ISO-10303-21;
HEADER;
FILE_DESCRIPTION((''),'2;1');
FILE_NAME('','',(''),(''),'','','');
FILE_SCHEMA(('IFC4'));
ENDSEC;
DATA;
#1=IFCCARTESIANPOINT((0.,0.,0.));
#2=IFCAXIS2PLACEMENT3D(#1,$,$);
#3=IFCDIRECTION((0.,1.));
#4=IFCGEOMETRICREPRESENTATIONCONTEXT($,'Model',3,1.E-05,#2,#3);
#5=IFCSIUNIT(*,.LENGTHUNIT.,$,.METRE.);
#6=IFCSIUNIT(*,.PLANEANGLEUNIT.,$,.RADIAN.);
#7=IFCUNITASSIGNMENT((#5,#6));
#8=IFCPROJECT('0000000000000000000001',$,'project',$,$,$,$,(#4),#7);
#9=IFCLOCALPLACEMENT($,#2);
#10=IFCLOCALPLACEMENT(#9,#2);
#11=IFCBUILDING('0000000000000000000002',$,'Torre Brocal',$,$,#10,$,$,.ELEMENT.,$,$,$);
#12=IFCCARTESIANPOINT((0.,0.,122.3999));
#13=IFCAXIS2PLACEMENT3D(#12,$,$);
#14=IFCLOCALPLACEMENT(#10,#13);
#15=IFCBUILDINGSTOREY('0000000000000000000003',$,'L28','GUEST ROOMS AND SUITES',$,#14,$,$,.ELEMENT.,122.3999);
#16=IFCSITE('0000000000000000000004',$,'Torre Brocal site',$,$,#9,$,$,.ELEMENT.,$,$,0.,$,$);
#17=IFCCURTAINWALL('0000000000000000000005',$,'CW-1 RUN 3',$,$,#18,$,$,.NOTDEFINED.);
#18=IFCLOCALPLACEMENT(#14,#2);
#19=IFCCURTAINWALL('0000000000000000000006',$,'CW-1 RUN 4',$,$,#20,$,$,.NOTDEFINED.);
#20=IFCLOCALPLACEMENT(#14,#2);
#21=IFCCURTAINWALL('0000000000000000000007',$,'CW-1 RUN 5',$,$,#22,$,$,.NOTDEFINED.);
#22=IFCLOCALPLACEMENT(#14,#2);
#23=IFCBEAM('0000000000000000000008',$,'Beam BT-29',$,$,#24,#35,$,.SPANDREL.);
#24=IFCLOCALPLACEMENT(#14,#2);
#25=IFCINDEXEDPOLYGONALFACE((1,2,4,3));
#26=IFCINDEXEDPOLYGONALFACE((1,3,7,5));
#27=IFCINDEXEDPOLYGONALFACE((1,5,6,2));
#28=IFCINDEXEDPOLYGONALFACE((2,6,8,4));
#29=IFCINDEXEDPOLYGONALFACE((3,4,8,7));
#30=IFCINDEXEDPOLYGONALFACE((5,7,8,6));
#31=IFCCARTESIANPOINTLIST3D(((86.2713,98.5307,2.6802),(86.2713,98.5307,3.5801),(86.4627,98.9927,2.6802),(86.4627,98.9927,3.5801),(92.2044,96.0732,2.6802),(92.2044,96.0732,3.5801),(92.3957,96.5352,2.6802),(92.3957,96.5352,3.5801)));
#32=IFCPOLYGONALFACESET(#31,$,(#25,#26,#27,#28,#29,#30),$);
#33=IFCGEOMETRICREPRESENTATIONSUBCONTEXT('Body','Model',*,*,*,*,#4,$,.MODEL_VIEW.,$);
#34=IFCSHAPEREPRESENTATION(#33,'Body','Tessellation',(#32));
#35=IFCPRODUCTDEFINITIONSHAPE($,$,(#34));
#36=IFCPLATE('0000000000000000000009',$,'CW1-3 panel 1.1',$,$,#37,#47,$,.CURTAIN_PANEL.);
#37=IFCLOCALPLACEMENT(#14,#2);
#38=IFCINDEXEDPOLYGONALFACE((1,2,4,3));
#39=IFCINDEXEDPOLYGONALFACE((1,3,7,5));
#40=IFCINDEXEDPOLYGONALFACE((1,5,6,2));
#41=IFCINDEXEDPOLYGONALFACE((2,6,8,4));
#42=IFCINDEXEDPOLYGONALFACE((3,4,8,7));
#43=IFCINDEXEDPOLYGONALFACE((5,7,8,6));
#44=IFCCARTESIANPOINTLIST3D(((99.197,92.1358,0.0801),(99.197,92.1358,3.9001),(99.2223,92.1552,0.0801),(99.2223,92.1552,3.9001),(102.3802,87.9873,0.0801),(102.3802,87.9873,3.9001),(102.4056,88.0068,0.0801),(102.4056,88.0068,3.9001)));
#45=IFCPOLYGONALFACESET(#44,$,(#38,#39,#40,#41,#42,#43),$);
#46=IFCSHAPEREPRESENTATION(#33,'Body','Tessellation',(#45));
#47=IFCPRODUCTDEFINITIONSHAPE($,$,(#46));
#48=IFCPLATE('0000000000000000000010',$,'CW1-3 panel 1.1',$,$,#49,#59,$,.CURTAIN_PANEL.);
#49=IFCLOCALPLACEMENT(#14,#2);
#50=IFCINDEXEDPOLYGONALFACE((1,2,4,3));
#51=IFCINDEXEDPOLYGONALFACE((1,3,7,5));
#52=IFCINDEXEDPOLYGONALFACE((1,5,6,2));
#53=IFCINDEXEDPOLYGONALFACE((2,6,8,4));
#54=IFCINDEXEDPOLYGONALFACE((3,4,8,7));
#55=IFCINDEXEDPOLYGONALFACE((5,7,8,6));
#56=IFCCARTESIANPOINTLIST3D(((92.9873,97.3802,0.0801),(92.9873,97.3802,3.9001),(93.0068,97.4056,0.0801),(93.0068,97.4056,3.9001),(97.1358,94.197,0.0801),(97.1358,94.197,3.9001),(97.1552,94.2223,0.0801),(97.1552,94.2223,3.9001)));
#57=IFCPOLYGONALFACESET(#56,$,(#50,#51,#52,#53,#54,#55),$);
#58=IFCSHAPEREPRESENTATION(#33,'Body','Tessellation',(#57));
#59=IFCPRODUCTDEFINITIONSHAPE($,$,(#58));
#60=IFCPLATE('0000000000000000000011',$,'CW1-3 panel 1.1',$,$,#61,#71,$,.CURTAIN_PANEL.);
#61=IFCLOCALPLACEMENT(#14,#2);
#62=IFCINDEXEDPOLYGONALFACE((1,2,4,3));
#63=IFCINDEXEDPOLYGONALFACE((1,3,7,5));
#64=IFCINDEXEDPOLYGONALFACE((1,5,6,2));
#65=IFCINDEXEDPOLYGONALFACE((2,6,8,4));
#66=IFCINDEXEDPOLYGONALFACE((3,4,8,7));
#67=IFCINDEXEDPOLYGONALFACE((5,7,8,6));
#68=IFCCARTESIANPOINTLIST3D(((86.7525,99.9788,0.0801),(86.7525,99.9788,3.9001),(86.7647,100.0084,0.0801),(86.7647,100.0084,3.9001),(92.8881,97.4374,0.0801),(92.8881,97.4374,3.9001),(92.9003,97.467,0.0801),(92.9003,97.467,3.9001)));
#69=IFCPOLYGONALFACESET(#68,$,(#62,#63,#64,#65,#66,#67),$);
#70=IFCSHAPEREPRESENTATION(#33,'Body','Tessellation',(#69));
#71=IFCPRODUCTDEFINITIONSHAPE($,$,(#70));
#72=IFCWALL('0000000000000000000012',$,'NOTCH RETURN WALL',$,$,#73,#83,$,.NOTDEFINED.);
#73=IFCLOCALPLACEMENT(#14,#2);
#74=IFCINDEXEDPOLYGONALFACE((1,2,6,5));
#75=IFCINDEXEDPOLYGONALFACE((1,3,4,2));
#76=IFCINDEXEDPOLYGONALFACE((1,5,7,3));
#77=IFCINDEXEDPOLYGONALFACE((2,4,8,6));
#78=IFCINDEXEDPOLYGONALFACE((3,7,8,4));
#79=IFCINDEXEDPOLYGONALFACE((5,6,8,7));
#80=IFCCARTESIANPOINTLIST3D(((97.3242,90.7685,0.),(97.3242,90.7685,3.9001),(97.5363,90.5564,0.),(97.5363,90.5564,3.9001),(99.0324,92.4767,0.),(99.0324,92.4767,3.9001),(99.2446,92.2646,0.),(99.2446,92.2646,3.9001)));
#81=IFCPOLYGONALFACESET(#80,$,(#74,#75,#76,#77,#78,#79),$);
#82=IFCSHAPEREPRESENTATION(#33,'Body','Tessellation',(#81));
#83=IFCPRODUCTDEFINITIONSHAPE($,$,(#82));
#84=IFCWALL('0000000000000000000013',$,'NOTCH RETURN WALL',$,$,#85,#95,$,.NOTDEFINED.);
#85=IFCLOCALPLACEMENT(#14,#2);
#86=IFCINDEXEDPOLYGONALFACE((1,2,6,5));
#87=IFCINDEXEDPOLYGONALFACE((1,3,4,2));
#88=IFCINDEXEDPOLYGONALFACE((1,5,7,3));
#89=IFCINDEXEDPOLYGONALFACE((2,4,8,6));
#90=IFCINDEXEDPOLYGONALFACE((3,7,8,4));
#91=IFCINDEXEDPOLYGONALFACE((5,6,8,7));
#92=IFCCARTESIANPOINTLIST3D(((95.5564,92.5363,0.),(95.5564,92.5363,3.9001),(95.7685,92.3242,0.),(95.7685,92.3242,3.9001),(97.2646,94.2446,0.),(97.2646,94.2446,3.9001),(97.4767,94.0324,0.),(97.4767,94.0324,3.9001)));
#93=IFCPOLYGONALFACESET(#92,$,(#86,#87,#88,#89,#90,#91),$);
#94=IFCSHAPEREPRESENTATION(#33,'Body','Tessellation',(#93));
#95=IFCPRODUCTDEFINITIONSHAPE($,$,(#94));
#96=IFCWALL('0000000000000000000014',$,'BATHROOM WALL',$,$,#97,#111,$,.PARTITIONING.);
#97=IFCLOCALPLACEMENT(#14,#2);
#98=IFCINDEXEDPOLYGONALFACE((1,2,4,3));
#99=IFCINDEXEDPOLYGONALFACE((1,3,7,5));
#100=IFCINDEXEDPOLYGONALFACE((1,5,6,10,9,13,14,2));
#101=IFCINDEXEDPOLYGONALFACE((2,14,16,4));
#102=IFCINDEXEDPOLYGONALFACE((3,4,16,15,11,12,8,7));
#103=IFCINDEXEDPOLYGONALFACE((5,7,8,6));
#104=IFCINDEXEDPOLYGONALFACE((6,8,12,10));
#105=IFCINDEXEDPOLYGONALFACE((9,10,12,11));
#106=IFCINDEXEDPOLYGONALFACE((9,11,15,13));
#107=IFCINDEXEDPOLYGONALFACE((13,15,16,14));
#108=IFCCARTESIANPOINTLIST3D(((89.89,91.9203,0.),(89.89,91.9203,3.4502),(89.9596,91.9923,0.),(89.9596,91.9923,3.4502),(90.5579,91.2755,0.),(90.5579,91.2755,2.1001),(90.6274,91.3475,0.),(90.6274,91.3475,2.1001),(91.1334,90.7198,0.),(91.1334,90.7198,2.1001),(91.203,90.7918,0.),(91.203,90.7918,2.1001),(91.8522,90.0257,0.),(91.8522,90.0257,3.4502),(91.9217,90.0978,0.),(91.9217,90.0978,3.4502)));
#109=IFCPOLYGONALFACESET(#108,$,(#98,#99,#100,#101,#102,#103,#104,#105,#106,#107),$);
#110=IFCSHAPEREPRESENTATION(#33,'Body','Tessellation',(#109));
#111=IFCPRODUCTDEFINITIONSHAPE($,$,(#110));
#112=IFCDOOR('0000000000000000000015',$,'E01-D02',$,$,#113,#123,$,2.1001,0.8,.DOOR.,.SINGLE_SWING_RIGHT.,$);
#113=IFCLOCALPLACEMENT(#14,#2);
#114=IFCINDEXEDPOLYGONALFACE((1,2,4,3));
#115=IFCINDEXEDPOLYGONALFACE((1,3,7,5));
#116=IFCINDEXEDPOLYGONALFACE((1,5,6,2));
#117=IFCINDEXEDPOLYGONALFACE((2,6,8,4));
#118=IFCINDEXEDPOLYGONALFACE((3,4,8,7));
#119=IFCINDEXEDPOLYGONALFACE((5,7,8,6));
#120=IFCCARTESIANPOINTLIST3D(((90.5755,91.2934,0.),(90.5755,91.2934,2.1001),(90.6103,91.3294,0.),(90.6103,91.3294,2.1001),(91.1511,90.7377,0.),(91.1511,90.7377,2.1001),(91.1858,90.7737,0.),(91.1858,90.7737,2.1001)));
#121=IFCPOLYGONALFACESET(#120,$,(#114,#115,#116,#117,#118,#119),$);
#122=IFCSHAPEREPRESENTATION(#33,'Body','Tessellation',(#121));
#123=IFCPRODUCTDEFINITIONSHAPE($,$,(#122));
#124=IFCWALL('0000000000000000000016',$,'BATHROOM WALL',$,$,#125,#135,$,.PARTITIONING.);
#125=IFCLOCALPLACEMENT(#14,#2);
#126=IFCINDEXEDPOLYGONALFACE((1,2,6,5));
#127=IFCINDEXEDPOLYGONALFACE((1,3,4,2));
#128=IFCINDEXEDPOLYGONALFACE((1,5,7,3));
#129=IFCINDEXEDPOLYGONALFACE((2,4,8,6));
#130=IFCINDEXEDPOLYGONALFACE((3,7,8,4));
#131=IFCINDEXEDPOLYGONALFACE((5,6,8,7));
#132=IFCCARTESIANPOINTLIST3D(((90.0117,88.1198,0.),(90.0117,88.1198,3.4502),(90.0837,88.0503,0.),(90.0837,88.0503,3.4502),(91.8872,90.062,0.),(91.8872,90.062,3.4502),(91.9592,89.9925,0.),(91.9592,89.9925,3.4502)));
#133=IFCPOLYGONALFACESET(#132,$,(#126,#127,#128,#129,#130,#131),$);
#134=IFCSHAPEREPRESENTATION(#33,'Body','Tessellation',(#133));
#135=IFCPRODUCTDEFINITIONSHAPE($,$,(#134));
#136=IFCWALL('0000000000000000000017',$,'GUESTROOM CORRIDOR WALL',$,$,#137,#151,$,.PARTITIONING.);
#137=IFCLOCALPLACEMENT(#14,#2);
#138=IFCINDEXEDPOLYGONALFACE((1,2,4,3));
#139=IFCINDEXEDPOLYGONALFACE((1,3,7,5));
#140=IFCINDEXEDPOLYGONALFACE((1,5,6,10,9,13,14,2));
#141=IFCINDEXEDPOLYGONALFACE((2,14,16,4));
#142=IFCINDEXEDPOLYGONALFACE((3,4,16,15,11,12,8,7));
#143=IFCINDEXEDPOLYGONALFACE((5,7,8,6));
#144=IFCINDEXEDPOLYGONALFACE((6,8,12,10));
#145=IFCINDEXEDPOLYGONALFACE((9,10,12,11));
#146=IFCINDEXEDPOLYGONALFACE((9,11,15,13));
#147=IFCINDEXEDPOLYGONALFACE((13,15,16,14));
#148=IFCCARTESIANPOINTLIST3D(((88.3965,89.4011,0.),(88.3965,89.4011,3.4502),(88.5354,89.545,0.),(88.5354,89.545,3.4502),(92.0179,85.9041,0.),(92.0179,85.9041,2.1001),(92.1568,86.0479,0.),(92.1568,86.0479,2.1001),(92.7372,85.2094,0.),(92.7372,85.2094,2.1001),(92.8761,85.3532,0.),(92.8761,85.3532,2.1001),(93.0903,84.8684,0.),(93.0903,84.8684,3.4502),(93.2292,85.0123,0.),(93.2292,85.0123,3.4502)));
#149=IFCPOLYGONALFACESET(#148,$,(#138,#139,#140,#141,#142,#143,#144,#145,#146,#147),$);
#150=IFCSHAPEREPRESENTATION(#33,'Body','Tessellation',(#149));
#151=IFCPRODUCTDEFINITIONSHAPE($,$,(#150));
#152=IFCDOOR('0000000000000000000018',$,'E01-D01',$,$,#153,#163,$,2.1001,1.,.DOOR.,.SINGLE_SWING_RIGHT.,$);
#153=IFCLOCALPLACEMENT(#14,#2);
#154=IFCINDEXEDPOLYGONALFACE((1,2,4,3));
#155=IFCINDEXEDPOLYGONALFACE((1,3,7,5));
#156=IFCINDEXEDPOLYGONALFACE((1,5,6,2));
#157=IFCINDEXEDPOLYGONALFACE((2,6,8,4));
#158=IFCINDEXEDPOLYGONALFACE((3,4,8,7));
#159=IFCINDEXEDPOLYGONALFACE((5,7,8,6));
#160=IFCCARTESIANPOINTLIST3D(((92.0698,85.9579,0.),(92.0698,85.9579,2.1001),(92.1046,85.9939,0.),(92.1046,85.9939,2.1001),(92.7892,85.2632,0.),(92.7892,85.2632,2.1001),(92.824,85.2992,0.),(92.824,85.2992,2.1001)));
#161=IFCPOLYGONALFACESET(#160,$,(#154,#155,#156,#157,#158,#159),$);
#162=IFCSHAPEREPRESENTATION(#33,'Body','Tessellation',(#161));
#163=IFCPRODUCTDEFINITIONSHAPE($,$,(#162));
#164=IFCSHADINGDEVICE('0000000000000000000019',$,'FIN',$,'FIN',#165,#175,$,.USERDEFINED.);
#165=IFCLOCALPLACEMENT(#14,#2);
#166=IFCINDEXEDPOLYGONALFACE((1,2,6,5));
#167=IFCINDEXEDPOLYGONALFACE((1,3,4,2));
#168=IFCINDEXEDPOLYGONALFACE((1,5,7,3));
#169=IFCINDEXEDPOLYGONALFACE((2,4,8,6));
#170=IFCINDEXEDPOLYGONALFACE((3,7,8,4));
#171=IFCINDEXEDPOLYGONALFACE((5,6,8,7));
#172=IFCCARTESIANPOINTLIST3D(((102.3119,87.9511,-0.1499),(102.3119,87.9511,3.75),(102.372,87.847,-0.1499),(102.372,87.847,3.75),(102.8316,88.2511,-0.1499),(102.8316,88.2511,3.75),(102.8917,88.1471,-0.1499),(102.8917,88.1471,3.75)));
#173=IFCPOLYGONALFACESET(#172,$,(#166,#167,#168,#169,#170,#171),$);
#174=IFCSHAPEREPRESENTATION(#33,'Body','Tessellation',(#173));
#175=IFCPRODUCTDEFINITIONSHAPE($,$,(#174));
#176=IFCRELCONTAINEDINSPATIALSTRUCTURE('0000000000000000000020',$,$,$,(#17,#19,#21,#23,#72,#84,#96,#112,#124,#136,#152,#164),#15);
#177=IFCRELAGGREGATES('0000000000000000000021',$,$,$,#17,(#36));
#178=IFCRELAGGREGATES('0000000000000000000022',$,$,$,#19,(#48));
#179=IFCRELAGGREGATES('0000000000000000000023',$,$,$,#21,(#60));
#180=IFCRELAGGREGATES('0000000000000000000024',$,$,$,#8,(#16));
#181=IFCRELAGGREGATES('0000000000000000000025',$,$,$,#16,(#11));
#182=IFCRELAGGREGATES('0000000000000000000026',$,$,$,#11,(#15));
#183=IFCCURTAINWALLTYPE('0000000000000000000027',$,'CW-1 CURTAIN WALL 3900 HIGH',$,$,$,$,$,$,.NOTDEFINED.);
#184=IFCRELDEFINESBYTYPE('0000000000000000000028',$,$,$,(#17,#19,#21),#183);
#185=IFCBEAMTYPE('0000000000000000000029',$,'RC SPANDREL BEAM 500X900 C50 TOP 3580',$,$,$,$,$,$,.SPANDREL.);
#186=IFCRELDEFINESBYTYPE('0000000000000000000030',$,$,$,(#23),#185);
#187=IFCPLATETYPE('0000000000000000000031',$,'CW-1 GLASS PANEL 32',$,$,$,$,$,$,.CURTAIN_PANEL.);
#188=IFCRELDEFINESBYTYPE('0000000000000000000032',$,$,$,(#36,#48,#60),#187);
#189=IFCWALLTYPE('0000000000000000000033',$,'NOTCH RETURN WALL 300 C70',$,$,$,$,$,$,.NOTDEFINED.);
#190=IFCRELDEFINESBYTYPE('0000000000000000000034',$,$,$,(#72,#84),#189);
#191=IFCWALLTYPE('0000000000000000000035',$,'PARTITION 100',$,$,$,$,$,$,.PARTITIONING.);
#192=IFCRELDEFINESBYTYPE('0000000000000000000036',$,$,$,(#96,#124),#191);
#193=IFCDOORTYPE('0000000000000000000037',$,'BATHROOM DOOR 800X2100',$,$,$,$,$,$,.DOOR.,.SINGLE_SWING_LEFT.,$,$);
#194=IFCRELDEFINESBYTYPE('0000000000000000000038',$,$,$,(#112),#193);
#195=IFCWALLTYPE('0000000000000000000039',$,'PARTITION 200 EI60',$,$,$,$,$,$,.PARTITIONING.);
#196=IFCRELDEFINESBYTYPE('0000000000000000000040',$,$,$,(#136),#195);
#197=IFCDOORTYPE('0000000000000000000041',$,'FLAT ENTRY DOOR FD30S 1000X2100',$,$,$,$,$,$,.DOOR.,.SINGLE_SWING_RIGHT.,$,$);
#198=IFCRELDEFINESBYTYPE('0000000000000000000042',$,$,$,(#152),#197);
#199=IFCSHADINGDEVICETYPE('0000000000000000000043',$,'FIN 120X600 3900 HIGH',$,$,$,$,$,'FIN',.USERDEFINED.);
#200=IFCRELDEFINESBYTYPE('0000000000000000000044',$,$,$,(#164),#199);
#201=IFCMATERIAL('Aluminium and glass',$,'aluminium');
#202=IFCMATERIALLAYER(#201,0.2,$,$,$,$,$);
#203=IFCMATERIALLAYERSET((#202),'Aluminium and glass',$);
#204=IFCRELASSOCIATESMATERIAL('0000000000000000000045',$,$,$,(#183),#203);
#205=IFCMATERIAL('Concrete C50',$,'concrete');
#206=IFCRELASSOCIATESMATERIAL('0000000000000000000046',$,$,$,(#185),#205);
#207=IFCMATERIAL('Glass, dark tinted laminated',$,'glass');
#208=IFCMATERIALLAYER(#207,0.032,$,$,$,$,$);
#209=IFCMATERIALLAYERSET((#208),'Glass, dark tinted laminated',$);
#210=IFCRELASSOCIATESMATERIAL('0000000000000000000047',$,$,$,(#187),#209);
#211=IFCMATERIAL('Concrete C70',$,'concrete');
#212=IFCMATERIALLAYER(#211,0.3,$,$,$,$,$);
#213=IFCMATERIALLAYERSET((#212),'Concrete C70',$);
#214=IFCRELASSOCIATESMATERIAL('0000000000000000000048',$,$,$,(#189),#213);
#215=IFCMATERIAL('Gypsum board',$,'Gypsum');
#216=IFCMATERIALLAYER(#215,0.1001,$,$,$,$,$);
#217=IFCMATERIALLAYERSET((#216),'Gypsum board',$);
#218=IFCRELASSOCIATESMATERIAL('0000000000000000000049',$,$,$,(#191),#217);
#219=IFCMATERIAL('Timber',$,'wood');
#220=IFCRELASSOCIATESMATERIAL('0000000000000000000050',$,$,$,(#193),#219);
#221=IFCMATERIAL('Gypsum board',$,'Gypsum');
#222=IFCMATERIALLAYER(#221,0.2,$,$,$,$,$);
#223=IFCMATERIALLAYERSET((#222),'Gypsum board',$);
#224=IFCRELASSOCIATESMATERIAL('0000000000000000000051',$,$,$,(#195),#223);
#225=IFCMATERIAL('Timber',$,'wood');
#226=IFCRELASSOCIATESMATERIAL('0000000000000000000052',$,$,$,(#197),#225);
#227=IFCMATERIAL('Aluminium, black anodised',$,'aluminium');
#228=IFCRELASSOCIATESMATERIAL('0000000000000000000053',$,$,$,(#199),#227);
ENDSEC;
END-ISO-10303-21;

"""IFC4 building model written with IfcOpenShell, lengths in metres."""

from ifc_helpers import new_model, si_unit, direction, frame, frame_2d, origin, origin_2d, place, context, subcontext, project, spatial, rectangle, extrude, material, layer, layer_set, material_profile, profile_set, type_object, element, fill, aggregate, save


model = new_model("IFC4")

# Units and contexts
model_context = context("Model", 3, precision=1e-05, world=origin(), true_north=direction((0.0, 1.0)))
body_context = subcontext(model_context, "Body", "Model", "MODEL_VIEW")
ifc_project = project(units=[si_unit("LENGTHUNIT", "METRE"), si_unit("PLANEANGLEUNIT", "RADIAN")], contexts=[model_context])

# Site, building, storey
site_placement = place(None, origin())
site = spatial("IfcSite", under=ifc_project, at=site_placement, Name="Torre Brocal site", CompositionType="ELEMENT", RefElevation=0.0)
building_placement = place(site_placement, origin())
building = spatial("IfcBuilding", under=site, at=building_placement, Name="Torre Brocal", CompositionType="ELEMENT")
storey_placement = place(building_placement, frame((0.0, 0.0, 122.3999)))
storey = spatial("IfcBuildingStorey", under=building, at=storey_placement, Name="L28", Description="GUEST ROOMS AND SUITES", CompositionType="ELEMENT", Elevation=122.3999)

# Curtain walls
ifc_material_1 = material(Name="Aluminium and glass", Category="aluminium")
ifc_layer_1 = layer(ifc_material_1, 0.2)
ifc_layer_set_1 = layer_set([ifc_layer_1], Name="Aluminium and glass")
curtain_wall_type = type_object("IfcCurtainWallType", Name="CW-1 CURTAIN WALL 3900 HIGH", PredefinedType="NOTDEFINED", material=ifc_layer_set_1)
curtain_wall_1_placement = place(storey_placement, origin())
curtain_wall_1 = element("IfcCurtainWall", 1, at=curtain_wall_1_placement, inside=storey, type_object=curtain_wall_type, Name="CW-1 RUN 3", PredefinedType="NOTDEFINED")
curtain_wall_2_placement = place(storey_placement, origin())
curtain_wall_2 = element("IfcCurtainWall", 2, at=curtain_wall_2_placement, inside=storey, type_object=curtain_wall_type, Name="CW-1 RUN 4", PredefinedType="NOTDEFINED")

# Curtain wall
curtain_wall_3_placement = place(storey_placement, origin())
curtain_wall_3 = element("IfcCurtainWall", 3, at=curtain_wall_3_placement, inside=storey, type_object=curtain_wall_type, Name="CW-1 RUN 5", PredefinedType="NOTDEFINED")

# Beam
ifc_material_2 = material(Name="Concrete C50", Category="concrete")
ifc_material_profile_1 = material_profile(ifc_material_2, rectangle(XDim=0.5, YDim=0.8999, at=origin_2d()), Name="RC 500X900")
ifc_profile_set_1 = profile_set([ifc_material_profile_1], Name="Concrete C50")
beam_type_1 = type_object("IfcBeamType", Name="RC SPANDREL BEAM 500X900 C50 TOP 3580", PredefinedType="SPANDREL", material=ifc_profile_set_1)
beam_1_placement = place(storey_placement, frame((92.3, 96.3042, 3.1301), z_axis=(-0.923882, 0.382676, 0.0), x_axis=(-0.382676, -0.923882, 0.0)))
element("IfcBeam", 4, at=beam_1_placement, inside=storey, type_object=beam_type_1, Name="Beam BT-29", PredefinedType="SPANDREL", context=body_context, shape_type="SweptSolid", body=[
    extrude(rectangle(XDim=0.5, YDim=0.8999, at=origin_2d()), origin(), (0.0, 0.0, 1.0), 6.4219),
])

# Plates
ifc_material_3 = material(Name="Glass, dark tinted laminated", Category="glass")
ifc_layer_2 = layer(ifc_material_3, 0.032)
ifc_layer_set_2 = layer_set([ifc_layer_2], Name="Glass, dark tinted laminated")
plate_type = type_object("IfcPlateType", Name="CW-1 GLASS PANEL 32", PredefinedType="CURTAIN_PANEL", material=ifc_layer_set_2)
plate_1_placement = place(storey_placement, frame((100.8013, 90.0713, 0.0801), z_axis=(0.0, 0.0, 1.0), x_axis=(-0.608761, 0.793353, 0.0)))
plate_1 = element("IfcPlate", 5, at=plate_1_placement, type_object=plate_type, Name="CW1-3 panel 1.1", PredefinedType="CURTAIN_PANEL", context=body_context, shape_type="SweptSolid", body=[
    extrude(rectangle(XDim=5.229, YDim=0.032, at=origin_2d()), origin(), (0.0, 0.0, 1.0), 3.8201),
])
aggregate(curtain_wall_1, [plate_1])
plate_2_placement = place(storey_placement, frame((95.0713, 95.8013, 0.0801), z_axis=(0.0, 0.0, 1.0), x_axis=(-0.793353, 0.608761, 0.0)))
plate_2 = element("IfcPlate", 6, at=plate_2_placement, type_object=plate_type, Name="CW1-3 panel 1.1", PredefinedType="CURTAIN_PANEL", context=body_context, shape_type="SweptSolid", body=[
    extrude(rectangle(XDim=5.229, YDim=0.032, at=origin_2d()), origin(), (0.0, 0.0, 1.0), 3.8201),
])
aggregate(curtain_wall_2, [plate_2])
plate_3_placement = place(storey_placement, frame((89.8264, 98.7229, 0.0801), z_axis=(0.0, 0.0, 1.0), x_axis=(-0.92388, 0.382683, 0.0)))
plate_3 = element("IfcPlate", 7, at=plate_3_placement, type_object=plate_type, Name="CW1-3 panel 1.1", PredefinedType="CURTAIN_PANEL", context=body_context, shape_type="SweptSolid", body=[
    extrude(rectangle(XDim=6.6411, YDim=0.032, at=origin_2d()), origin(), (0.0, 0.0, 1.0), 3.8201),
])
aggregate(curtain_wall_3, [plate_3])

# Walls
ifc_material_4 = material(Name="Concrete C70", Category="concrete")
ifc_layer_3 = layer(ifc_material_4, 0.3)
ifc_layer_set_3 = layer_set([ifc_layer_3], Name="Concrete C70")
wall_type_1 = type_object("IfcWallType", Name="NOTCH RETURN WALL 300 C70", PredefinedType="NOTDEFINED", material=ifc_layer_set_3)
for number, where, z_axis, x_axis, name in (
    (8, (97.4302, 90.6624, 0.0), (0.0, 0.0, 1.0), (0.707107, 0.707107, 0.0), "NOTCH RETURN WALL"),
    (9, (95.6624, 92.4302, 0.0), (0.0, 0.0, 1.0), (0.707107, 0.707107, 0.0), "NOTCH RETURN WALL"),
):
    element("IfcWall", number, at=place(storey_placement, frame(where, z_axis=z_axis, x_axis=x_axis)), inside=storey, type_object=wall_type_1, Name=name, PredefinedType="NOTDEFINED", context=body_context, shape_type="SweptSolid", body=[
        extrude(rectangle(XDim=2.4158, YDim=0.3, at=frame_2d((1.208, 0.0))), origin(), (0.0, 0.0, 1.0), 3.9001),
    ])

# Wall, opening, door
ifc_material_5 = material(Name="Gypsum board", Category="Gypsum")
ifc_layer_4 = layer(ifc_material_5, 0.1001)
ifc_layer_set_4 = layer_set([ifc_layer_4], Name="Gypsum board")
wall_type_2 = type_object("IfcWallType", Name="PARTITION 100", PredefinedType="PARTITIONING", material=ifc_layer_set_4)
wall_1_placement = place(storey_placement, frame((89.9248, 91.9563, 0.0), z_axis=(0.0, 0.0, 1.0), x_axis=(0.719395, -0.694601, 0.0)))
wall_1 = element("IfcWall", 10, at=wall_1_placement, inside=storey, type_object=wall_type_2, Name="BATHROOM WALL", PredefinedType="PARTITIONING", context=body_context, shape_type="SweptSolid", body=[
    extrude(rectangle(XDim=2.7275, YDim=0.1001, at=frame_2d((1.3638, 0.0))), origin(), (0.0, 0.0, 1.0), 3.4502),
])
opening_1_placement = place(wall_1_placement, frame((0.9285, 0.0, 0.0)))
opening_1 = element("IfcOpeningElement", 11, at=opening_1_placement, cuts=wall_1, PredefinedType="OPENING", context=body_context, shape_type="SweptSolid", body=[
    extrude(rectangle(XDim=0.8, YDim=2.1001, at=frame_2d((0.3999, 1.05))), frame((0.0, 0.0601, 0.0), z_axis=(0.0, -1.0, 0.0), x_axis=(1.0, 0.0, 0.0)), (0.0, 0.0, 1.0), 0.1201),
])
ifc_material_6 = material(Name="Timber", Category="wood")
door_type_1 = type_object("IfcDoorType", Name="BATHROOM DOOR 800X2100", OperationType="SINGLE_SWING_LEFT", PredefinedType="DOOR", material=ifc_material_6)
door_1_placement = place(opening_1_placement, frame((0.8, 0.0, 0.0), z_axis=(0.0, 0.0, 1.0), x_axis=(-1.0, 0.0, 0.0)))
door_1 = element("IfcDoor", 12, at=door_1_placement, inside=storey, type_object=door_type_1, Name="E01-D02", OperationType="SINGLE_SWING_RIGHT", OverallHeight=2.1001, OverallWidth=0.8, PredefinedType="DOOR", context=body_context, shape_type="SweptSolid", body=[
    extrude(rectangle(XDim=0.8, YDim=2.1001, at=frame_2d((0.3999, 1.05))), frame((0.0, 0.0249, 0.0), z_axis=(0.0, -1.0, 0.0), x_axis=(1.0, 0.0, 0.0)), (0.0, 0.0, 1.0), 0.05),
])
fill(opening_1, door_1)

# Wall
wall_2_placement = place(storey_placement, frame((90.0476, 88.085, 0.0), z_axis=(0.0, 0.0, 1.0), x_axis=(0.694656, 0.719342, 0.0)))
element("IfcWall", 13, at=wall_2_placement, inside=storey, type_object=wall_type_2, Name="BATHROOM WALL", PredefinedType="PARTITIONING", context=body_context, shape_type="SweptSolid", body=[
    extrude(rectangle(XDim=2.7, YDim=0.1001, at=frame_2d((1.3501, 0.0))), origin(), (0.0, 0.0, 1.0), 3.4502),
])

# Wall, opening, door
ifc_material_7 = material(Name="Gypsum board", Category="Gypsum")
ifc_layer_5 = layer(ifc_material_7, 0.2)
ifc_layer_set_5 = layer_set([ifc_layer_5], Name="Gypsum board")
wall_type_3 = type_object("IfcWallType", Name="PARTITION 200 EI60", PredefinedType="PARTITIONING", material=ifc_layer_set_5)
wall_3_placement = place(storey_placement, frame((88.4658, 89.4731, 0.0), z_axis=(0.0, 0.0, 1.0), x_axis=(0.719346, -0.694652, 0.0)))
wall_3 = element("IfcWall", 14, at=wall_3_placement, inside=storey, type_object=wall_type_3, Name="GUESTROOM CORRIDOR WALL", PredefinedType="PARTITIONING", context=body_context, shape_type="SweptSolid", body=[
    extrude(rectangle(XDim=6.5251, YDim=0.2, at=frame_2d((3.2627, 0.0))), origin(), (0.0, 0.0, 1.0), 3.4502),
])
opening_2_placement = place(wall_3_placement, frame((5.0344, 0.0, 0.0)))
opening_2 = element("IfcOpeningElement", 15, at=opening_2_placement, cuts=wall_3, PredefinedType="OPENING", context=body_context, shape_type="SweptSolid", body=[
    extrude(rectangle(XDim=1.0, YDim=2.1001, at=frame_2d((0.5, 1.05))), frame((0.0, 0.1099, 0.0), z_axis=(0.0, -1.0, 0.0), x_axis=(1.0, 0.0, 0.0)), (0.0, 0.0, 1.0), 0.22),
])
ifc_material_8 = material(Name="Timber", Category="wood")
door_type_2 = type_object("IfcDoorType", Name="FLAT ENTRY DOOR FD30S 1000X2100", OperationType="SINGLE_SWING_RIGHT", PredefinedType="DOOR", material=ifc_material_8)
door_2_placement = place(opening_2_placement, origin())
door_2 = element("IfcDoor", 16, at=door_2_placement, inside=storey, type_object=door_type_2, Name="E01-D01", OperationType="SINGLE_SWING_RIGHT", OverallHeight=2.1001, OverallWidth=1.0, PredefinedType="DOOR", context=body_context, shape_type="SweptSolid", body=[
    extrude(rectangle(XDim=1.0, YDim=2.1001, at=frame_2d((0.5, 1.05))), frame((0.0, 0.0249, 0.0), z_axis=(0.0, -1.0, 0.0), x_axis=(1.0, 0.0, 0.0)), (0.0, 0.0, 1.0), 0.05),
])
fill(opening_2, door_2)

# Shading device
ifc_material_9 = material(Name="Aluminium, black anodised", Category="aluminium")
ifc_material_profile_2 = material_profile(ifc_material_9, rectangle(XDim=0.1201, YDim=0.6001, at=origin_2d()), Name="FIN 120X600 3900 HIGH")
ifc_profile_set_2 = profile_set([ifc_material_profile_2], Name="Aluminium, black anodised")
shading_device_type = type_object("IfcShadingDeviceType", Name="FIN 120X600 3900 HIGH", ElementType="FIN", PredefinedType="USERDEFINED", material=ifc_profile_set_2)
for number, where, z_axis, x_axis, name in (
    (17, (102.6018, 88.0491, -0.1499), (0.0, 0.0, 1.0), (-0.5, 0.866025, 0.0), "FIN"),
):
    element("IfcShadingDevice", number, at=place(storey_placement, frame(where, z_axis=z_axis, x_axis=x_axis)), inside=storey, type_object=shading_device_type, Name=name, ObjectType="FIN", PredefinedType="USERDEFINED", context=body_context, shape_type="SweptSolid", body=[
        extrude(rectangle(XDim=0.1201, YDim=0.6001, at=origin_2d()), origin(), (0.0, 0.0, 1.0), 3.8999),
    ])

save(model, "model.ifc")
